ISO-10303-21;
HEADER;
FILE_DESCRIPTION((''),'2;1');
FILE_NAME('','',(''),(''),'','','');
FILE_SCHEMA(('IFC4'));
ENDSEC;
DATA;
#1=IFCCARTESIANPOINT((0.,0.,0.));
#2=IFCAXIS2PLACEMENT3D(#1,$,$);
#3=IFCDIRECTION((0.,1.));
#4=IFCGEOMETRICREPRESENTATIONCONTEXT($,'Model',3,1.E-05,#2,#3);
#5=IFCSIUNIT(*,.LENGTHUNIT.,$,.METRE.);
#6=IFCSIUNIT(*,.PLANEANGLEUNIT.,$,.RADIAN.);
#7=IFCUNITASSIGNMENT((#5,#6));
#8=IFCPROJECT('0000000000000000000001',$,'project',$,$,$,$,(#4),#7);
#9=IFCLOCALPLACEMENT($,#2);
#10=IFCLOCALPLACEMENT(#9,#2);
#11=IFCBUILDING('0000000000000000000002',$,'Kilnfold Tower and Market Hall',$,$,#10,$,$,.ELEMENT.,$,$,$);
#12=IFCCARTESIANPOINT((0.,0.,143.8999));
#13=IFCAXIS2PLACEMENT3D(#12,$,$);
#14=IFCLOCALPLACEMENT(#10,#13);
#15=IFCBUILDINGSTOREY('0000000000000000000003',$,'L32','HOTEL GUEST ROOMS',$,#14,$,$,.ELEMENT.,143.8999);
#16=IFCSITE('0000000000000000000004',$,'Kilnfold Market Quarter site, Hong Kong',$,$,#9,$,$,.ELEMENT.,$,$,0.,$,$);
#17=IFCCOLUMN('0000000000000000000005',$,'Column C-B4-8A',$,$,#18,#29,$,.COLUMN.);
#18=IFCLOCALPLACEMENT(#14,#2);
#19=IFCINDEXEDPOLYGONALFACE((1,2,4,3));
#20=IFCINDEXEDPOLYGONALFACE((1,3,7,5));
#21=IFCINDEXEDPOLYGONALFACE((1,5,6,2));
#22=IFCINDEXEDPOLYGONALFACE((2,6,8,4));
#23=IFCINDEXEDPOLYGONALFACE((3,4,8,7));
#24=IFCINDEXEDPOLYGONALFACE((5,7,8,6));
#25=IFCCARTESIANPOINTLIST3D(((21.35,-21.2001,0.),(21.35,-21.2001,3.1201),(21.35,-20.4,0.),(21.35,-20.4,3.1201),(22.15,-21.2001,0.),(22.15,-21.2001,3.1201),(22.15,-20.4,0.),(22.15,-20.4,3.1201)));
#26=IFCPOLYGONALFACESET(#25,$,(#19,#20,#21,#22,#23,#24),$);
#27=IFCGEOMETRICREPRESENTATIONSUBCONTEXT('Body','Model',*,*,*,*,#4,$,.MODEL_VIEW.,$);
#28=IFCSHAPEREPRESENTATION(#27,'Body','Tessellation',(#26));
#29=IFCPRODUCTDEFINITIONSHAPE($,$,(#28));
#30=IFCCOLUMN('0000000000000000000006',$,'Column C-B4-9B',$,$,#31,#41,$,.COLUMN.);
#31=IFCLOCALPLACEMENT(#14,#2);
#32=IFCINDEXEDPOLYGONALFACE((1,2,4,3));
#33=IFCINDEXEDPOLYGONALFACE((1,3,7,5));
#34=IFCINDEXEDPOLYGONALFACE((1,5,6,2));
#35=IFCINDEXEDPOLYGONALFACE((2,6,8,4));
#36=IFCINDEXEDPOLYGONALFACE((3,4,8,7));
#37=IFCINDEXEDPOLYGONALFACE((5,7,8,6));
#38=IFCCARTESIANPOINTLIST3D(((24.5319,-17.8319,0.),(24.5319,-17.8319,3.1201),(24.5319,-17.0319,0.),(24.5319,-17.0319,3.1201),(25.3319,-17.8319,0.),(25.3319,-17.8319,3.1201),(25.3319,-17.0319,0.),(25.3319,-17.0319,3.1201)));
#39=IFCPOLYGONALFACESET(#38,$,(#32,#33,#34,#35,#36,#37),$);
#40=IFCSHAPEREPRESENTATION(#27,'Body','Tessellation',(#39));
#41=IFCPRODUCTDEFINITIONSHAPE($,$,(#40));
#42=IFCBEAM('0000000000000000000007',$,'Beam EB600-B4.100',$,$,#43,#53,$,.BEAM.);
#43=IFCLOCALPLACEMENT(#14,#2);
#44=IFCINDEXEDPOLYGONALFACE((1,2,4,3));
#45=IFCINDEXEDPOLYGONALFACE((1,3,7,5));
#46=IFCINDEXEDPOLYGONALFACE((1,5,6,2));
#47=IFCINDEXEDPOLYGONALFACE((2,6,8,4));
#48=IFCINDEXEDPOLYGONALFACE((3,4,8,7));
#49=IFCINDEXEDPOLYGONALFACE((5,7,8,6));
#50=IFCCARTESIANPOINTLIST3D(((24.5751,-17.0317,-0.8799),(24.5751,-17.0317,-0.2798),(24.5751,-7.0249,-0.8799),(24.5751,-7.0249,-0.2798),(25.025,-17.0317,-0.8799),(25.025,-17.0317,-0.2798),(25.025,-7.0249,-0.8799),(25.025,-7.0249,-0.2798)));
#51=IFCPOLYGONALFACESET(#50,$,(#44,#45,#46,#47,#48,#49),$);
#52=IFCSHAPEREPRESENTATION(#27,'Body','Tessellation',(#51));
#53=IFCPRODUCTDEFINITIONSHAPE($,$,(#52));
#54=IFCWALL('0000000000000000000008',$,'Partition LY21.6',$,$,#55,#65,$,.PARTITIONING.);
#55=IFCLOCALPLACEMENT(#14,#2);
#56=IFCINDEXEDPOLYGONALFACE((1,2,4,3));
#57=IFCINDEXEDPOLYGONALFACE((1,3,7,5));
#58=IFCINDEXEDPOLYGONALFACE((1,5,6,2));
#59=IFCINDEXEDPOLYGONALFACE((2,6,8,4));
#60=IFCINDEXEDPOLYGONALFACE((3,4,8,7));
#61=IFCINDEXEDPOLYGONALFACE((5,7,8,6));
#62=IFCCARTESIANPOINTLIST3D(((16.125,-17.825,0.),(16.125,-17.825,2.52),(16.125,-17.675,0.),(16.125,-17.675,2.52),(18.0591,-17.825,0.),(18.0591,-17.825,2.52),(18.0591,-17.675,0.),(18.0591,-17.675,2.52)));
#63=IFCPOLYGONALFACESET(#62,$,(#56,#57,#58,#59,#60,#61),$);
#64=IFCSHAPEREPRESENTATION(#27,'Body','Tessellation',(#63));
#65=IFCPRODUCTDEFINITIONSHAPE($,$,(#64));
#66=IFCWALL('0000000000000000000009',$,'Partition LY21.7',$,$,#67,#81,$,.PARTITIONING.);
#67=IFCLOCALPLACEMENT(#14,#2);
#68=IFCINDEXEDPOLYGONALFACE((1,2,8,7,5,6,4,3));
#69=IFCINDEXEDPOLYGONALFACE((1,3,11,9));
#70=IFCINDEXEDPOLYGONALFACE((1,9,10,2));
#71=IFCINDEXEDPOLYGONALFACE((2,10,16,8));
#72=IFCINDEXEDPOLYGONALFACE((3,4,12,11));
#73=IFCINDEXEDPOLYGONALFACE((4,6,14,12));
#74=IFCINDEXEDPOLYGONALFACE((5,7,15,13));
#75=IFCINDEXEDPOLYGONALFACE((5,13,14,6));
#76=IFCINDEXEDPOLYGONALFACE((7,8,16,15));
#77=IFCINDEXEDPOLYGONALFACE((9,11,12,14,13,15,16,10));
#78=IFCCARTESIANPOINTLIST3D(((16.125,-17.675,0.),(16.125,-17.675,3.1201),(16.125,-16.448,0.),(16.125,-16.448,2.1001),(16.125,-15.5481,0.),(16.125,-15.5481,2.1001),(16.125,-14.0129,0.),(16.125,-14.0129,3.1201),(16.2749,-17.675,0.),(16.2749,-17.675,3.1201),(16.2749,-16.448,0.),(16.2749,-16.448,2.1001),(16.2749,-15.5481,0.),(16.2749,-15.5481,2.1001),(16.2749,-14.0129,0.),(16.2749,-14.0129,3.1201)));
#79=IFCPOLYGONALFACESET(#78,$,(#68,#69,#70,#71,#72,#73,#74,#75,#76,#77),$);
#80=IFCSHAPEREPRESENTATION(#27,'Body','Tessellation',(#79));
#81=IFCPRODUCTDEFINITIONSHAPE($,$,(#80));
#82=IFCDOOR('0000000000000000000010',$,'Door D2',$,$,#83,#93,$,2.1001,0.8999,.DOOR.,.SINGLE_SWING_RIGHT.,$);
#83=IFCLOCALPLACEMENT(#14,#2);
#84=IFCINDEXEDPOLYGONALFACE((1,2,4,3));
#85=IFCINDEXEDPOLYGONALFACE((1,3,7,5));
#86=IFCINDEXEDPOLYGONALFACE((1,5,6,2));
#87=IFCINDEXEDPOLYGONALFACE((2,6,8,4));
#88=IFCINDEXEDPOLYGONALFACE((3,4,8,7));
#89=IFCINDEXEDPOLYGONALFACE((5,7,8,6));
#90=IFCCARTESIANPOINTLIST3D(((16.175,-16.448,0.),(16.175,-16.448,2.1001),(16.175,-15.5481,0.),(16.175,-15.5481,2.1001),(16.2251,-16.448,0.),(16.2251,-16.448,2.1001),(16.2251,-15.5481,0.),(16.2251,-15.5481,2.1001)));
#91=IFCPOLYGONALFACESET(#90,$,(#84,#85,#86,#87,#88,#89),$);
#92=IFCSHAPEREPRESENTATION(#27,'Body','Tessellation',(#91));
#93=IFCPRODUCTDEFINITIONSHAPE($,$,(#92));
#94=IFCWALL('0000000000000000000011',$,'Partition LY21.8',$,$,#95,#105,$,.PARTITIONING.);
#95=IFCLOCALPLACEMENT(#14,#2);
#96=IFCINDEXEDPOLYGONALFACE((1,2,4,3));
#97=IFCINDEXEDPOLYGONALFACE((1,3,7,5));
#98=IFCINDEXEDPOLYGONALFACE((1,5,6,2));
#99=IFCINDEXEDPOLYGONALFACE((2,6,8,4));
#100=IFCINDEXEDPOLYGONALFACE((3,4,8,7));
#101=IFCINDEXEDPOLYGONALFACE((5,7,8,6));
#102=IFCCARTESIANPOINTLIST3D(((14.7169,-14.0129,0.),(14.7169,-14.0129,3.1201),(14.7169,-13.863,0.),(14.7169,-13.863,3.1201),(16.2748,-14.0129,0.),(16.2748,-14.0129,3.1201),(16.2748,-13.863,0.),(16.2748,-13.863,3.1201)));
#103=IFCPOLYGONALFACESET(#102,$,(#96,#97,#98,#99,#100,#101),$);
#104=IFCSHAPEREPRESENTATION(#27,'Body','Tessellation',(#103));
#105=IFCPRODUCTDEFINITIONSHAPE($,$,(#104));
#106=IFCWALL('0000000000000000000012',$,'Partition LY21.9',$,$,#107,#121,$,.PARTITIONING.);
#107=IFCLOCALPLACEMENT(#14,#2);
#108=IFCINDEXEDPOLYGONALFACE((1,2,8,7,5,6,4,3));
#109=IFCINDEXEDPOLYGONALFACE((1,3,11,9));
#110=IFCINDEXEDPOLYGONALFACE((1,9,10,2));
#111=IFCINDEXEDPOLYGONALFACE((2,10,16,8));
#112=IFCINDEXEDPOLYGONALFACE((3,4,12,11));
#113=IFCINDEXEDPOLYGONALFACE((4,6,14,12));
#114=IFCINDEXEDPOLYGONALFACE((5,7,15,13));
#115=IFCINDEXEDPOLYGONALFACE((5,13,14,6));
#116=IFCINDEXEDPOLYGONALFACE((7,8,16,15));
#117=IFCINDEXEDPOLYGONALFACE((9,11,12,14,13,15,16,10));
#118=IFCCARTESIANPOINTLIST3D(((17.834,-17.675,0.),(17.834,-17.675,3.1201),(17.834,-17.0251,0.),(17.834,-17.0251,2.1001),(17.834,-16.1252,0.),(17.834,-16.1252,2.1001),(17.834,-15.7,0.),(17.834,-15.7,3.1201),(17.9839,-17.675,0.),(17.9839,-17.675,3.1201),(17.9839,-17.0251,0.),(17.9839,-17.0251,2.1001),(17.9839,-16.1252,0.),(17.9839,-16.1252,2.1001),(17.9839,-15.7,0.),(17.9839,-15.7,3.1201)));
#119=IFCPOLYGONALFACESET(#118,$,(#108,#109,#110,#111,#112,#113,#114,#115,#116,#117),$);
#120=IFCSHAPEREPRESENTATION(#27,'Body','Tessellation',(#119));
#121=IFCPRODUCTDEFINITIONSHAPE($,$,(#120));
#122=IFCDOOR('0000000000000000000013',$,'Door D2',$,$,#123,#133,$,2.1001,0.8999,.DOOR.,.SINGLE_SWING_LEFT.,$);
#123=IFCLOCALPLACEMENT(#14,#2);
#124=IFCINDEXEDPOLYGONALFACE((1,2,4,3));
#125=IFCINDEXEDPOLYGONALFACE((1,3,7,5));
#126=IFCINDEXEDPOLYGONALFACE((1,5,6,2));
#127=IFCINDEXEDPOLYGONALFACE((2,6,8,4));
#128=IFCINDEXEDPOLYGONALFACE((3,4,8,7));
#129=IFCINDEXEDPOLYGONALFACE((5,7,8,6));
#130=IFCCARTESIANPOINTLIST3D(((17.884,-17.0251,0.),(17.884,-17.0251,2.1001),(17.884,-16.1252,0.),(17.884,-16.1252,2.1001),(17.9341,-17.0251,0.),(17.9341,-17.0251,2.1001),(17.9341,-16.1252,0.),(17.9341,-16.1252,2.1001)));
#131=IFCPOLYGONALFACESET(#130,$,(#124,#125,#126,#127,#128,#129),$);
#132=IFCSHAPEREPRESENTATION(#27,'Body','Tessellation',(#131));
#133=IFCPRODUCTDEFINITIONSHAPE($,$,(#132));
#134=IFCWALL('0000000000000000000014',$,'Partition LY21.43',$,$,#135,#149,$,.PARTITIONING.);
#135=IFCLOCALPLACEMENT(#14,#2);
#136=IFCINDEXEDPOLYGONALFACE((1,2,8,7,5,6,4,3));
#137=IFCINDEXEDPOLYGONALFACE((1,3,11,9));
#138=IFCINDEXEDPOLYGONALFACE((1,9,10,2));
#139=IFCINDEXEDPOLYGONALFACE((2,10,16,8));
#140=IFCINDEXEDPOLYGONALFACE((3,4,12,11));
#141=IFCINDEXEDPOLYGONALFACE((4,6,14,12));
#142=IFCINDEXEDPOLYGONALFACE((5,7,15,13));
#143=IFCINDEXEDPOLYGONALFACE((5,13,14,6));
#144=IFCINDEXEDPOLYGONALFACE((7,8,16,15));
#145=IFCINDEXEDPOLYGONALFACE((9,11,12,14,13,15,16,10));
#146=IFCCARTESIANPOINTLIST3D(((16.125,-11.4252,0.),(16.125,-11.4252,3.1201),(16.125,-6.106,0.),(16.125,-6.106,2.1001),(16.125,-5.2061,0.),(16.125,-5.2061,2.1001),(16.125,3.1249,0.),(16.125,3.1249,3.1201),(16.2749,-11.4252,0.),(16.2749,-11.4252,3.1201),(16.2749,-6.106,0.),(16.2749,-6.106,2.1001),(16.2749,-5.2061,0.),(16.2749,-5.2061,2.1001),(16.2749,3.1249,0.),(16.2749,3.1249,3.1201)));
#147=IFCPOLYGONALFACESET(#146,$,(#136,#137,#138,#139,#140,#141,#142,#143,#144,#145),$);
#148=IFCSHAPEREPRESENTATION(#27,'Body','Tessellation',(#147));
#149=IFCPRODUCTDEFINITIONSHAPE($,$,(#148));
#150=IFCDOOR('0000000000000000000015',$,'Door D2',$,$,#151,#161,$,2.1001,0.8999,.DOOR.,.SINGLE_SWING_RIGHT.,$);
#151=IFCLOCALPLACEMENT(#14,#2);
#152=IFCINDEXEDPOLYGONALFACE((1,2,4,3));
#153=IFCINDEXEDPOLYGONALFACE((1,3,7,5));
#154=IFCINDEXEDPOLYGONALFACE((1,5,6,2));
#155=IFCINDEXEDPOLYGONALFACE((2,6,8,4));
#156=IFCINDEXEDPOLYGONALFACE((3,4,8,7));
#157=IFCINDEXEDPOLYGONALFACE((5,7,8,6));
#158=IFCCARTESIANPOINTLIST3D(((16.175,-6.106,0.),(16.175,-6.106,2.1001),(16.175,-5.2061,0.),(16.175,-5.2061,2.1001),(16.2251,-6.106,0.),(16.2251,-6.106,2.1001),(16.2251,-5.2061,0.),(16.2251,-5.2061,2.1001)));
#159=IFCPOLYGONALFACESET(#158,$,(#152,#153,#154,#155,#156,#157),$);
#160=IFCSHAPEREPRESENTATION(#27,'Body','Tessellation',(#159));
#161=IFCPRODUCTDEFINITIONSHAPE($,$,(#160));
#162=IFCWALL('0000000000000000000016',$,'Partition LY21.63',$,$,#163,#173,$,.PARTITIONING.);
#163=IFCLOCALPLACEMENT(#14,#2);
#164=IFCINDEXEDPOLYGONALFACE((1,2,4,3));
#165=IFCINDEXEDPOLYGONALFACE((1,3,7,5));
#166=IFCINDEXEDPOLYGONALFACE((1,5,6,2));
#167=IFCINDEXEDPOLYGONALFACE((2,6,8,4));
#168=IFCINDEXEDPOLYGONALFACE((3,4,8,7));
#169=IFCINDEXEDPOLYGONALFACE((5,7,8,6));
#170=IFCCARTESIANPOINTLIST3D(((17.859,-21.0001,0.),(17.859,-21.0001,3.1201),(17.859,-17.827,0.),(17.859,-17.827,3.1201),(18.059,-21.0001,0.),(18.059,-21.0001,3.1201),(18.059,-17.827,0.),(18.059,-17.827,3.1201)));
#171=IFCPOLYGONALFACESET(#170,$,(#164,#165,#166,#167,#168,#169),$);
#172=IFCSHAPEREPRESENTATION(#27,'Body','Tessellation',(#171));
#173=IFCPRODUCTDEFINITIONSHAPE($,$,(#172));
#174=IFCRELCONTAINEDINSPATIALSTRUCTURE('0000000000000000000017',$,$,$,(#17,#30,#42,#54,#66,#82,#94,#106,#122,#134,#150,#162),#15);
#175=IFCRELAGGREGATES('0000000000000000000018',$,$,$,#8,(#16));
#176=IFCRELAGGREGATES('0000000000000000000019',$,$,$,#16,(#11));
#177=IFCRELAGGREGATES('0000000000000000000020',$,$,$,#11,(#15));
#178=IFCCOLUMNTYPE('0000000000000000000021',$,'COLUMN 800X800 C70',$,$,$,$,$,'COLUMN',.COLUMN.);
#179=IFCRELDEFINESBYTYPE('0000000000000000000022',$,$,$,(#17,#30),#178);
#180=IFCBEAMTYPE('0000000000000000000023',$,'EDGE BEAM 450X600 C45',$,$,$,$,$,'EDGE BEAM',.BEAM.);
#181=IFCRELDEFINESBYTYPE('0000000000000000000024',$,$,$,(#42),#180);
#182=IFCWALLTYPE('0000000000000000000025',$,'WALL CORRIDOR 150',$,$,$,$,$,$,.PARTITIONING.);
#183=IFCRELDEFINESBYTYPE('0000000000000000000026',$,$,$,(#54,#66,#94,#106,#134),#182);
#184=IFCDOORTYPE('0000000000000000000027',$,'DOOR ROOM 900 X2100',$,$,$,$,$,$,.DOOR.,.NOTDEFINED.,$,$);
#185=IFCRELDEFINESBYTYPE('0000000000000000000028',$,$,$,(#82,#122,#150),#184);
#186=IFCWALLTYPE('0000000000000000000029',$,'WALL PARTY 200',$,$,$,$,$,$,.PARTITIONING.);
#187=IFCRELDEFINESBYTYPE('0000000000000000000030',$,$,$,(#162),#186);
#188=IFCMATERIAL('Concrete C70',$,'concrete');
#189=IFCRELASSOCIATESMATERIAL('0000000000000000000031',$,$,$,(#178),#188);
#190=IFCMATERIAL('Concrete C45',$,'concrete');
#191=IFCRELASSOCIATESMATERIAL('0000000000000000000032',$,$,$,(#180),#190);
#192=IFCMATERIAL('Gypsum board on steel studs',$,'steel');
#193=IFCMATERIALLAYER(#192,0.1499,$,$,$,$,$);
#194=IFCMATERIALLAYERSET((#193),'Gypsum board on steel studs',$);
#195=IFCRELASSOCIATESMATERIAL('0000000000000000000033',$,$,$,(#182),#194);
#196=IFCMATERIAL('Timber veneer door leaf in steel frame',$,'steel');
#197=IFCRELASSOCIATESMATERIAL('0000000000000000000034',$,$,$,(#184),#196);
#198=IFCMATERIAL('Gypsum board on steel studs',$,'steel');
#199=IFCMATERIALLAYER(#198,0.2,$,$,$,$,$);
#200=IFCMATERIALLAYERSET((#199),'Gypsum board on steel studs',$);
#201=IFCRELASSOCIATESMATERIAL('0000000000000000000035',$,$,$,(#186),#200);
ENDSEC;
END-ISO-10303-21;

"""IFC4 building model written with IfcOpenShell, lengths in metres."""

from ifc_helpers import new_model, si_unit, direction, frame, frame_2d, origin, origin_2d, place, context, subcontext, project, spatial, rectangle, extrude, source, transform, mapped, material, layer, layer_set, material_profile, profile_set, type_object, element, fill, save


model = new_model("IFC4")

# Units and contexts
model_context = context("Model", 3, precision=1e-05, world=origin(), true_north=direction((0.0, 1.0)))
body_context = subcontext(model_context, "Body", "Model", "MODEL_VIEW")
ifc_project = project(units=[si_unit("LENGTHUNIT", "METRE"), si_unit("PLANEANGLEUNIT", "RADIAN")], contexts=[model_context])

# Site, building, storey
site_placement = place(None, origin())
site = spatial("IfcSite", under=ifc_project, at=site_placement, Name="Kilnfold Market Quarter site, Hong Kong", CompositionType="ELEMENT", RefElevation=0.0)
building_placement = place(site_placement, origin())
building = spatial("IfcBuilding", under=site, at=building_placement, Name="Kilnfold Tower and Market Hall", CompositionType="ELEMENT")
storey_placement = place(building_placement, frame((0.0, 0.0, 143.8999)))
storey = spatial("IfcBuildingStorey", under=building, at=storey_placement, Name="L32", Description="HOTEL GUEST ROOMS", CompositionType="ELEMENT", Elevation=143.8999)

# Columns
ifc_material_1 = material(Name="Concrete C70", Category="concrete")
ifc_material_profile_1 = material_profile(ifc_material_1, rectangle(XDim=0.8, YDim=0.8, at=origin_2d()), Name="RC 800x800")
ifc_profile_set_1 = profile_set([ifc_material_profile_1], Name="Concrete C70")
column_type = type_object("IfcColumnType", Name="COLUMN 800X800 C70", ElementType="COLUMN", PredefinedType="COLUMN", material=ifc_profile_set_1)
shared_shape_1 = source(origin(), body_context, "Body", "SweptSolid", [
    extrude(rectangle(XDim=0.8, YDim=0.8, at=origin_2d()), origin(), (0.0, 0.0, 1.0), 3.1201),
])
for number, where, z_axis, x_axis, name in (
    (1, (21.75, -20.8, 0.0), (0.0, 0.0, 1.0), (1.0, 0.0, 0.0), "Column C-B4-8A"),
    (2, (24.9319, -17.4319, 0.0), (0.0, 0.0, 1.0), (1.0, 0.0, 0.0), "Column C-B4-9B"),
):
    element("IfcColumn", number, at=place(storey_placement, frame(where, z_axis=z_axis, x_axis=x_axis)), inside=storey, type_object=column_type, Name=name, PredefinedType="COLUMN", context=body_context, shape_type="MappedRepresentation", body=[
        mapped(shared_shape_1, transform((0.0, 0.0, 0.0))),
    ])

# Beam
ifc_material_2 = material(Name="Concrete C45", Category="concrete")
ifc_material_profile_2 = material_profile(ifc_material_2, rectangle(XDim=0.45, YDim=0.6001, at=origin_2d()), Name="RC 450x600")
ifc_profile_set_2 = profile_set([ifc_material_profile_2], Name="Concrete C45")
beam_type = type_object("IfcBeamType", Name="EDGE BEAM 450X600 C45", ElementType="EDGE BEAM", PredefinedType="BEAM", material=ifc_profile_set_2)
shared_shape_2 = source(origin(), body_context, "Body", "SweptSolid", [
    extrude(rectangle(XDim=0.45, YDim=0.6001, at=origin_2d()), origin(), (0.0, 0.0, 1.0), 10.0068),
])
beam_placement = place(storey_placement, frame((24.8, -17.0317, -0.5798), z_axis=(0.0, 1.0, 0.0), x_axis=(-1.0, 0.0, 0.0)))
element("IfcBeam", 3, at=beam_placement, inside=storey, type_object=beam_type, Name="Beam EB600-B4.100", PredefinedType="BEAM", context=body_context, shape_type="MappedRepresentation", body=[
    mapped(shared_shape_2, transform((0.0, 0.0, 0.0))),
])

# Wall
ifc_material_3 = material(Name="Gypsum board on steel studs", Category="steel")
ifc_layer_1 = layer(ifc_material_3, 0.1499)
ifc_layer_set_1 = layer_set([ifc_layer_1], Name="Gypsum board on steel studs")
wall_type_1 = type_object("IfcWallType", Name="WALL CORRIDOR 150", PredefinedType="PARTITIONING", material=ifc_layer_set_1)
wall_1_placement = place(storey_placement, frame((16.125, -17.75, 0.0), z_axis=(0.0, 0.0, 1.0), x_axis=(1.0, 0.0, 0.0)))
element("IfcWall", 4, at=wall_1_placement, inside=storey, type_object=wall_type_1, Name="Partition LY21.6", PredefinedType="PARTITIONING", context=body_context, shape_type="SweptSolid", body=[
    extrude(rectangle(XDim=1.9341, YDim=0.1499, at=frame_2d((0.967, 0.0))), origin(), (0.0, 0.0, 1.0), 2.52),
])

# Wall, opening, door
wall_2_placement = place(storey_placement, frame((16.2, -17.675, 0.0), z_axis=(0.0, 0.0, 1.0), x_axis=(0.0, 1.0, 0.0)))
wall_2 = element("IfcWall", 5, at=wall_2_placement, inside=storey, type_object=wall_type_1, Name="Partition LY21.7", PredefinedType="PARTITIONING", context=body_context, shape_type="SweptSolid", body=[
    extrude(rectangle(XDim=3.6621, YDim=0.1499, at=frame_2d((1.8311, 0.0))), origin(), (0.0, 0.0, 1.0), 3.1201),
])
opening_1_placement = place(wall_2_placement, frame((1.2271, 0.0, 0.0)))
opening_1 = element("IfcOpeningElement", 6, at=opening_1_placement, cuts=wall_2, PredefinedType="OPENING", context=body_context, shape_type="SweptSolid", body=[
    extrude(rectangle(XDim=0.8999, YDim=2.1001, at=frame_2d((0.45, 1.05))), frame((0.0, 0.085, 0.0), z_axis=(0.0, -1.0, 0.0), x_axis=(1.0, 0.0, 0.0)), (0.0, 0.0, 1.0), 0.1699),
])
ifc_material_4 = material(Name="Timber veneer door leaf in steel frame", Category="steel")
door_type = type_object("IfcDoorType", Name="DOOR ROOM 900 X2100", OperationType="NOTDEFINED", PredefinedType="DOOR", material=ifc_material_4)
door_1_placement = place(opening_1_placement, origin())
door_1 = element("IfcDoor", 7, at=door_1_placement, inside=storey, type_object=door_type, Name="Door D2", OperationType="SINGLE_SWING_RIGHT", OverallHeight=2.1001, OverallWidth=0.8999, PredefinedType="DOOR", context=body_context, shape_type="SweptSolid", body=[
    extrude(rectangle(XDim=0.8999, YDim=2.1001, at=frame_2d((0.45, 1.05))), frame((0.0, 0.0249, 0.0), z_axis=(0.0, -1.0, 0.0), x_axis=(1.0, 0.0, 0.0)), (0.0, 0.0, 1.0), 0.05),
])
fill(opening_1, door_1)

# Wall
wall_3_placement = place(storey_placement, frame((14.717, -13.938, 0.0), z_axis=(0.0, 0.0, 1.0), x_axis=(1.0, 0.0, 0.0)))
element("IfcWall", 8, at=wall_3_placement, inside=storey, type_object=wall_type_1, Name="Partition LY21.8", PredefinedType="PARTITIONING", context=body_context, shape_type="SweptSolid", body=[
    extrude(rectangle(XDim=1.5579, YDim=0.1499, at=frame_2d((0.7788, 0.0))), origin(), (0.0, 0.0, 1.0), 3.1201),
])

# Walls, openings, doors
wall_4_placement = place(storey_placement, frame((17.9089, -17.675, 0.0), z_axis=(0.0, 0.0, 1.0), x_axis=(0.0, 1.0, 0.0)))
wall_4 = element("IfcWall", 9, at=wall_4_placement, inside=storey, type_object=wall_type_1, Name="Partition LY21.9", PredefinedType="PARTITIONING", context=body_context, shape_type="SweptSolid", body=[
    extrude(rectangle(XDim=1.9751, YDim=0.1499, at=frame_2d((0.9875, 0.0))), origin(), (0.0, 0.0, 1.0), 3.1201),
])
opening_2_placement = place(wall_4_placement, frame((0.6499, 0.0, 0.0)))
opening_2 = element("IfcOpeningElement", 10, at=opening_2_placement, cuts=wall_4, PredefinedType="OPENING", context=body_context, shape_type="SweptSolid", body=[
    extrude(rectangle(XDim=0.8999, YDim=2.1001, at=frame_2d((0.45, 1.05))), frame((0.0, 0.085, 0.0), z_axis=(0.0, -1.0, 0.0), x_axis=(1.0, 0.0, 0.0)), (0.0, 0.0, 1.0), 0.1699),
])
door_2_placement = place(opening_2_placement, origin())
door_2 = element("IfcDoor", 11, at=door_2_placement, inside=storey, type_object=door_type, Name="Door D2", OperationType="SINGLE_SWING_LEFT", OverallHeight=2.1001, OverallWidth=0.8999, PredefinedType="DOOR", context=body_context, shape_type="SweptSolid", body=[
    extrude(rectangle(XDim=0.8999, YDim=2.1001, at=frame_2d((0.45, 1.05))), frame((0.0, 0.0249, 0.0), z_axis=(0.0, -1.0, 0.0), x_axis=(1.0, 0.0, 0.0)), (0.0, 0.0, 1.0), 0.05),
])
fill(opening_2, door_2)
wall_5_placement = place(storey_placement, frame((16.2, -11.425, 0.0), z_axis=(0.0, 0.0, 1.0), x_axis=(0.0, 1.0, 0.0)))
wall_5 = element("IfcWall", 12, at=wall_5_placement, inside=storey, type_object=wall_type_1, Name="Partition LY21.43", PredefinedType="PARTITIONING", context=body_context, shape_type="SweptSolid", body=[
    extrude(rectangle(XDim=14.55, YDim=0.1499, at=frame_2d((7.2749, 0.0))), origin(), (0.0, 0.0, 1.0), 3.1201),
])
opening_3_placement = place(wall_5_placement, frame((5.3191, 0.0, 0.0)))
opening_3 = element("IfcOpeningElement", 13, at=opening_3_placement, cuts=wall_5, PredefinedType="OPENING", context=body_context, shape_type="SweptSolid", body=[
    extrude(rectangle(XDim=0.8999, YDim=2.1001, at=frame_2d((0.45, 1.05))), frame((0.0, 0.085, 0.0), z_axis=(0.0, -1.0, 0.0), x_axis=(1.0, 0.0, 0.0)), (0.0, 0.0, 1.0), 0.1699),
])
door_3_placement = place(opening_3_placement, origin())
door_3 = element("IfcDoor", 14, at=door_3_placement, inside=storey, type_object=door_type, Name="Door D2", OperationType="SINGLE_SWING_RIGHT", OverallHeight=2.1001, OverallWidth=0.8999, PredefinedType="DOOR", context=body_context, shape_type="SweptSolid", body=[
    extrude(rectangle(XDim=0.8999, YDim=2.1001, at=frame_2d((0.45, 1.05))), frame((0.0, 0.0249, 0.0), z_axis=(0.0, -1.0, 0.0), x_axis=(1.0, 0.0, 0.0)), (0.0, 0.0, 1.0), 0.05),
])
fill(opening_3, door_3)

# Wall
ifc_material_5 = material(Name="Gypsum board on steel studs", Category="steel")
ifc_layer_2 = layer(ifc_material_5, 0.2)
ifc_layer_set_2 = layer_set([ifc_layer_2], Name="Gypsum board on steel studs")
wall_type_2 = type_object("IfcWallType", Name="WALL PARTY 200", PredefinedType="PARTITIONING", material=ifc_layer_set_2)
wall_6_placement = place(storey_placement, frame((17.959, -21.0, 0.0), z_axis=(0.0, 0.0, 1.0), x_axis=(0.0, 1.0, 0.0)))
element("IfcWall", 15, at=wall_6_placement, inside=storey, type_object=wall_type_2, Name="Partition LY21.63", PredefinedType="PARTITIONING", context=body_context, shape_type="SweptSolid", body=[
    extrude(rectangle(XDim=3.1731, YDim=0.2, at=frame_2d((1.5864, 0.0))), origin(), (0.0, 0.0, 1.0), 3.1201),
])

save(model, "model.ifc")
